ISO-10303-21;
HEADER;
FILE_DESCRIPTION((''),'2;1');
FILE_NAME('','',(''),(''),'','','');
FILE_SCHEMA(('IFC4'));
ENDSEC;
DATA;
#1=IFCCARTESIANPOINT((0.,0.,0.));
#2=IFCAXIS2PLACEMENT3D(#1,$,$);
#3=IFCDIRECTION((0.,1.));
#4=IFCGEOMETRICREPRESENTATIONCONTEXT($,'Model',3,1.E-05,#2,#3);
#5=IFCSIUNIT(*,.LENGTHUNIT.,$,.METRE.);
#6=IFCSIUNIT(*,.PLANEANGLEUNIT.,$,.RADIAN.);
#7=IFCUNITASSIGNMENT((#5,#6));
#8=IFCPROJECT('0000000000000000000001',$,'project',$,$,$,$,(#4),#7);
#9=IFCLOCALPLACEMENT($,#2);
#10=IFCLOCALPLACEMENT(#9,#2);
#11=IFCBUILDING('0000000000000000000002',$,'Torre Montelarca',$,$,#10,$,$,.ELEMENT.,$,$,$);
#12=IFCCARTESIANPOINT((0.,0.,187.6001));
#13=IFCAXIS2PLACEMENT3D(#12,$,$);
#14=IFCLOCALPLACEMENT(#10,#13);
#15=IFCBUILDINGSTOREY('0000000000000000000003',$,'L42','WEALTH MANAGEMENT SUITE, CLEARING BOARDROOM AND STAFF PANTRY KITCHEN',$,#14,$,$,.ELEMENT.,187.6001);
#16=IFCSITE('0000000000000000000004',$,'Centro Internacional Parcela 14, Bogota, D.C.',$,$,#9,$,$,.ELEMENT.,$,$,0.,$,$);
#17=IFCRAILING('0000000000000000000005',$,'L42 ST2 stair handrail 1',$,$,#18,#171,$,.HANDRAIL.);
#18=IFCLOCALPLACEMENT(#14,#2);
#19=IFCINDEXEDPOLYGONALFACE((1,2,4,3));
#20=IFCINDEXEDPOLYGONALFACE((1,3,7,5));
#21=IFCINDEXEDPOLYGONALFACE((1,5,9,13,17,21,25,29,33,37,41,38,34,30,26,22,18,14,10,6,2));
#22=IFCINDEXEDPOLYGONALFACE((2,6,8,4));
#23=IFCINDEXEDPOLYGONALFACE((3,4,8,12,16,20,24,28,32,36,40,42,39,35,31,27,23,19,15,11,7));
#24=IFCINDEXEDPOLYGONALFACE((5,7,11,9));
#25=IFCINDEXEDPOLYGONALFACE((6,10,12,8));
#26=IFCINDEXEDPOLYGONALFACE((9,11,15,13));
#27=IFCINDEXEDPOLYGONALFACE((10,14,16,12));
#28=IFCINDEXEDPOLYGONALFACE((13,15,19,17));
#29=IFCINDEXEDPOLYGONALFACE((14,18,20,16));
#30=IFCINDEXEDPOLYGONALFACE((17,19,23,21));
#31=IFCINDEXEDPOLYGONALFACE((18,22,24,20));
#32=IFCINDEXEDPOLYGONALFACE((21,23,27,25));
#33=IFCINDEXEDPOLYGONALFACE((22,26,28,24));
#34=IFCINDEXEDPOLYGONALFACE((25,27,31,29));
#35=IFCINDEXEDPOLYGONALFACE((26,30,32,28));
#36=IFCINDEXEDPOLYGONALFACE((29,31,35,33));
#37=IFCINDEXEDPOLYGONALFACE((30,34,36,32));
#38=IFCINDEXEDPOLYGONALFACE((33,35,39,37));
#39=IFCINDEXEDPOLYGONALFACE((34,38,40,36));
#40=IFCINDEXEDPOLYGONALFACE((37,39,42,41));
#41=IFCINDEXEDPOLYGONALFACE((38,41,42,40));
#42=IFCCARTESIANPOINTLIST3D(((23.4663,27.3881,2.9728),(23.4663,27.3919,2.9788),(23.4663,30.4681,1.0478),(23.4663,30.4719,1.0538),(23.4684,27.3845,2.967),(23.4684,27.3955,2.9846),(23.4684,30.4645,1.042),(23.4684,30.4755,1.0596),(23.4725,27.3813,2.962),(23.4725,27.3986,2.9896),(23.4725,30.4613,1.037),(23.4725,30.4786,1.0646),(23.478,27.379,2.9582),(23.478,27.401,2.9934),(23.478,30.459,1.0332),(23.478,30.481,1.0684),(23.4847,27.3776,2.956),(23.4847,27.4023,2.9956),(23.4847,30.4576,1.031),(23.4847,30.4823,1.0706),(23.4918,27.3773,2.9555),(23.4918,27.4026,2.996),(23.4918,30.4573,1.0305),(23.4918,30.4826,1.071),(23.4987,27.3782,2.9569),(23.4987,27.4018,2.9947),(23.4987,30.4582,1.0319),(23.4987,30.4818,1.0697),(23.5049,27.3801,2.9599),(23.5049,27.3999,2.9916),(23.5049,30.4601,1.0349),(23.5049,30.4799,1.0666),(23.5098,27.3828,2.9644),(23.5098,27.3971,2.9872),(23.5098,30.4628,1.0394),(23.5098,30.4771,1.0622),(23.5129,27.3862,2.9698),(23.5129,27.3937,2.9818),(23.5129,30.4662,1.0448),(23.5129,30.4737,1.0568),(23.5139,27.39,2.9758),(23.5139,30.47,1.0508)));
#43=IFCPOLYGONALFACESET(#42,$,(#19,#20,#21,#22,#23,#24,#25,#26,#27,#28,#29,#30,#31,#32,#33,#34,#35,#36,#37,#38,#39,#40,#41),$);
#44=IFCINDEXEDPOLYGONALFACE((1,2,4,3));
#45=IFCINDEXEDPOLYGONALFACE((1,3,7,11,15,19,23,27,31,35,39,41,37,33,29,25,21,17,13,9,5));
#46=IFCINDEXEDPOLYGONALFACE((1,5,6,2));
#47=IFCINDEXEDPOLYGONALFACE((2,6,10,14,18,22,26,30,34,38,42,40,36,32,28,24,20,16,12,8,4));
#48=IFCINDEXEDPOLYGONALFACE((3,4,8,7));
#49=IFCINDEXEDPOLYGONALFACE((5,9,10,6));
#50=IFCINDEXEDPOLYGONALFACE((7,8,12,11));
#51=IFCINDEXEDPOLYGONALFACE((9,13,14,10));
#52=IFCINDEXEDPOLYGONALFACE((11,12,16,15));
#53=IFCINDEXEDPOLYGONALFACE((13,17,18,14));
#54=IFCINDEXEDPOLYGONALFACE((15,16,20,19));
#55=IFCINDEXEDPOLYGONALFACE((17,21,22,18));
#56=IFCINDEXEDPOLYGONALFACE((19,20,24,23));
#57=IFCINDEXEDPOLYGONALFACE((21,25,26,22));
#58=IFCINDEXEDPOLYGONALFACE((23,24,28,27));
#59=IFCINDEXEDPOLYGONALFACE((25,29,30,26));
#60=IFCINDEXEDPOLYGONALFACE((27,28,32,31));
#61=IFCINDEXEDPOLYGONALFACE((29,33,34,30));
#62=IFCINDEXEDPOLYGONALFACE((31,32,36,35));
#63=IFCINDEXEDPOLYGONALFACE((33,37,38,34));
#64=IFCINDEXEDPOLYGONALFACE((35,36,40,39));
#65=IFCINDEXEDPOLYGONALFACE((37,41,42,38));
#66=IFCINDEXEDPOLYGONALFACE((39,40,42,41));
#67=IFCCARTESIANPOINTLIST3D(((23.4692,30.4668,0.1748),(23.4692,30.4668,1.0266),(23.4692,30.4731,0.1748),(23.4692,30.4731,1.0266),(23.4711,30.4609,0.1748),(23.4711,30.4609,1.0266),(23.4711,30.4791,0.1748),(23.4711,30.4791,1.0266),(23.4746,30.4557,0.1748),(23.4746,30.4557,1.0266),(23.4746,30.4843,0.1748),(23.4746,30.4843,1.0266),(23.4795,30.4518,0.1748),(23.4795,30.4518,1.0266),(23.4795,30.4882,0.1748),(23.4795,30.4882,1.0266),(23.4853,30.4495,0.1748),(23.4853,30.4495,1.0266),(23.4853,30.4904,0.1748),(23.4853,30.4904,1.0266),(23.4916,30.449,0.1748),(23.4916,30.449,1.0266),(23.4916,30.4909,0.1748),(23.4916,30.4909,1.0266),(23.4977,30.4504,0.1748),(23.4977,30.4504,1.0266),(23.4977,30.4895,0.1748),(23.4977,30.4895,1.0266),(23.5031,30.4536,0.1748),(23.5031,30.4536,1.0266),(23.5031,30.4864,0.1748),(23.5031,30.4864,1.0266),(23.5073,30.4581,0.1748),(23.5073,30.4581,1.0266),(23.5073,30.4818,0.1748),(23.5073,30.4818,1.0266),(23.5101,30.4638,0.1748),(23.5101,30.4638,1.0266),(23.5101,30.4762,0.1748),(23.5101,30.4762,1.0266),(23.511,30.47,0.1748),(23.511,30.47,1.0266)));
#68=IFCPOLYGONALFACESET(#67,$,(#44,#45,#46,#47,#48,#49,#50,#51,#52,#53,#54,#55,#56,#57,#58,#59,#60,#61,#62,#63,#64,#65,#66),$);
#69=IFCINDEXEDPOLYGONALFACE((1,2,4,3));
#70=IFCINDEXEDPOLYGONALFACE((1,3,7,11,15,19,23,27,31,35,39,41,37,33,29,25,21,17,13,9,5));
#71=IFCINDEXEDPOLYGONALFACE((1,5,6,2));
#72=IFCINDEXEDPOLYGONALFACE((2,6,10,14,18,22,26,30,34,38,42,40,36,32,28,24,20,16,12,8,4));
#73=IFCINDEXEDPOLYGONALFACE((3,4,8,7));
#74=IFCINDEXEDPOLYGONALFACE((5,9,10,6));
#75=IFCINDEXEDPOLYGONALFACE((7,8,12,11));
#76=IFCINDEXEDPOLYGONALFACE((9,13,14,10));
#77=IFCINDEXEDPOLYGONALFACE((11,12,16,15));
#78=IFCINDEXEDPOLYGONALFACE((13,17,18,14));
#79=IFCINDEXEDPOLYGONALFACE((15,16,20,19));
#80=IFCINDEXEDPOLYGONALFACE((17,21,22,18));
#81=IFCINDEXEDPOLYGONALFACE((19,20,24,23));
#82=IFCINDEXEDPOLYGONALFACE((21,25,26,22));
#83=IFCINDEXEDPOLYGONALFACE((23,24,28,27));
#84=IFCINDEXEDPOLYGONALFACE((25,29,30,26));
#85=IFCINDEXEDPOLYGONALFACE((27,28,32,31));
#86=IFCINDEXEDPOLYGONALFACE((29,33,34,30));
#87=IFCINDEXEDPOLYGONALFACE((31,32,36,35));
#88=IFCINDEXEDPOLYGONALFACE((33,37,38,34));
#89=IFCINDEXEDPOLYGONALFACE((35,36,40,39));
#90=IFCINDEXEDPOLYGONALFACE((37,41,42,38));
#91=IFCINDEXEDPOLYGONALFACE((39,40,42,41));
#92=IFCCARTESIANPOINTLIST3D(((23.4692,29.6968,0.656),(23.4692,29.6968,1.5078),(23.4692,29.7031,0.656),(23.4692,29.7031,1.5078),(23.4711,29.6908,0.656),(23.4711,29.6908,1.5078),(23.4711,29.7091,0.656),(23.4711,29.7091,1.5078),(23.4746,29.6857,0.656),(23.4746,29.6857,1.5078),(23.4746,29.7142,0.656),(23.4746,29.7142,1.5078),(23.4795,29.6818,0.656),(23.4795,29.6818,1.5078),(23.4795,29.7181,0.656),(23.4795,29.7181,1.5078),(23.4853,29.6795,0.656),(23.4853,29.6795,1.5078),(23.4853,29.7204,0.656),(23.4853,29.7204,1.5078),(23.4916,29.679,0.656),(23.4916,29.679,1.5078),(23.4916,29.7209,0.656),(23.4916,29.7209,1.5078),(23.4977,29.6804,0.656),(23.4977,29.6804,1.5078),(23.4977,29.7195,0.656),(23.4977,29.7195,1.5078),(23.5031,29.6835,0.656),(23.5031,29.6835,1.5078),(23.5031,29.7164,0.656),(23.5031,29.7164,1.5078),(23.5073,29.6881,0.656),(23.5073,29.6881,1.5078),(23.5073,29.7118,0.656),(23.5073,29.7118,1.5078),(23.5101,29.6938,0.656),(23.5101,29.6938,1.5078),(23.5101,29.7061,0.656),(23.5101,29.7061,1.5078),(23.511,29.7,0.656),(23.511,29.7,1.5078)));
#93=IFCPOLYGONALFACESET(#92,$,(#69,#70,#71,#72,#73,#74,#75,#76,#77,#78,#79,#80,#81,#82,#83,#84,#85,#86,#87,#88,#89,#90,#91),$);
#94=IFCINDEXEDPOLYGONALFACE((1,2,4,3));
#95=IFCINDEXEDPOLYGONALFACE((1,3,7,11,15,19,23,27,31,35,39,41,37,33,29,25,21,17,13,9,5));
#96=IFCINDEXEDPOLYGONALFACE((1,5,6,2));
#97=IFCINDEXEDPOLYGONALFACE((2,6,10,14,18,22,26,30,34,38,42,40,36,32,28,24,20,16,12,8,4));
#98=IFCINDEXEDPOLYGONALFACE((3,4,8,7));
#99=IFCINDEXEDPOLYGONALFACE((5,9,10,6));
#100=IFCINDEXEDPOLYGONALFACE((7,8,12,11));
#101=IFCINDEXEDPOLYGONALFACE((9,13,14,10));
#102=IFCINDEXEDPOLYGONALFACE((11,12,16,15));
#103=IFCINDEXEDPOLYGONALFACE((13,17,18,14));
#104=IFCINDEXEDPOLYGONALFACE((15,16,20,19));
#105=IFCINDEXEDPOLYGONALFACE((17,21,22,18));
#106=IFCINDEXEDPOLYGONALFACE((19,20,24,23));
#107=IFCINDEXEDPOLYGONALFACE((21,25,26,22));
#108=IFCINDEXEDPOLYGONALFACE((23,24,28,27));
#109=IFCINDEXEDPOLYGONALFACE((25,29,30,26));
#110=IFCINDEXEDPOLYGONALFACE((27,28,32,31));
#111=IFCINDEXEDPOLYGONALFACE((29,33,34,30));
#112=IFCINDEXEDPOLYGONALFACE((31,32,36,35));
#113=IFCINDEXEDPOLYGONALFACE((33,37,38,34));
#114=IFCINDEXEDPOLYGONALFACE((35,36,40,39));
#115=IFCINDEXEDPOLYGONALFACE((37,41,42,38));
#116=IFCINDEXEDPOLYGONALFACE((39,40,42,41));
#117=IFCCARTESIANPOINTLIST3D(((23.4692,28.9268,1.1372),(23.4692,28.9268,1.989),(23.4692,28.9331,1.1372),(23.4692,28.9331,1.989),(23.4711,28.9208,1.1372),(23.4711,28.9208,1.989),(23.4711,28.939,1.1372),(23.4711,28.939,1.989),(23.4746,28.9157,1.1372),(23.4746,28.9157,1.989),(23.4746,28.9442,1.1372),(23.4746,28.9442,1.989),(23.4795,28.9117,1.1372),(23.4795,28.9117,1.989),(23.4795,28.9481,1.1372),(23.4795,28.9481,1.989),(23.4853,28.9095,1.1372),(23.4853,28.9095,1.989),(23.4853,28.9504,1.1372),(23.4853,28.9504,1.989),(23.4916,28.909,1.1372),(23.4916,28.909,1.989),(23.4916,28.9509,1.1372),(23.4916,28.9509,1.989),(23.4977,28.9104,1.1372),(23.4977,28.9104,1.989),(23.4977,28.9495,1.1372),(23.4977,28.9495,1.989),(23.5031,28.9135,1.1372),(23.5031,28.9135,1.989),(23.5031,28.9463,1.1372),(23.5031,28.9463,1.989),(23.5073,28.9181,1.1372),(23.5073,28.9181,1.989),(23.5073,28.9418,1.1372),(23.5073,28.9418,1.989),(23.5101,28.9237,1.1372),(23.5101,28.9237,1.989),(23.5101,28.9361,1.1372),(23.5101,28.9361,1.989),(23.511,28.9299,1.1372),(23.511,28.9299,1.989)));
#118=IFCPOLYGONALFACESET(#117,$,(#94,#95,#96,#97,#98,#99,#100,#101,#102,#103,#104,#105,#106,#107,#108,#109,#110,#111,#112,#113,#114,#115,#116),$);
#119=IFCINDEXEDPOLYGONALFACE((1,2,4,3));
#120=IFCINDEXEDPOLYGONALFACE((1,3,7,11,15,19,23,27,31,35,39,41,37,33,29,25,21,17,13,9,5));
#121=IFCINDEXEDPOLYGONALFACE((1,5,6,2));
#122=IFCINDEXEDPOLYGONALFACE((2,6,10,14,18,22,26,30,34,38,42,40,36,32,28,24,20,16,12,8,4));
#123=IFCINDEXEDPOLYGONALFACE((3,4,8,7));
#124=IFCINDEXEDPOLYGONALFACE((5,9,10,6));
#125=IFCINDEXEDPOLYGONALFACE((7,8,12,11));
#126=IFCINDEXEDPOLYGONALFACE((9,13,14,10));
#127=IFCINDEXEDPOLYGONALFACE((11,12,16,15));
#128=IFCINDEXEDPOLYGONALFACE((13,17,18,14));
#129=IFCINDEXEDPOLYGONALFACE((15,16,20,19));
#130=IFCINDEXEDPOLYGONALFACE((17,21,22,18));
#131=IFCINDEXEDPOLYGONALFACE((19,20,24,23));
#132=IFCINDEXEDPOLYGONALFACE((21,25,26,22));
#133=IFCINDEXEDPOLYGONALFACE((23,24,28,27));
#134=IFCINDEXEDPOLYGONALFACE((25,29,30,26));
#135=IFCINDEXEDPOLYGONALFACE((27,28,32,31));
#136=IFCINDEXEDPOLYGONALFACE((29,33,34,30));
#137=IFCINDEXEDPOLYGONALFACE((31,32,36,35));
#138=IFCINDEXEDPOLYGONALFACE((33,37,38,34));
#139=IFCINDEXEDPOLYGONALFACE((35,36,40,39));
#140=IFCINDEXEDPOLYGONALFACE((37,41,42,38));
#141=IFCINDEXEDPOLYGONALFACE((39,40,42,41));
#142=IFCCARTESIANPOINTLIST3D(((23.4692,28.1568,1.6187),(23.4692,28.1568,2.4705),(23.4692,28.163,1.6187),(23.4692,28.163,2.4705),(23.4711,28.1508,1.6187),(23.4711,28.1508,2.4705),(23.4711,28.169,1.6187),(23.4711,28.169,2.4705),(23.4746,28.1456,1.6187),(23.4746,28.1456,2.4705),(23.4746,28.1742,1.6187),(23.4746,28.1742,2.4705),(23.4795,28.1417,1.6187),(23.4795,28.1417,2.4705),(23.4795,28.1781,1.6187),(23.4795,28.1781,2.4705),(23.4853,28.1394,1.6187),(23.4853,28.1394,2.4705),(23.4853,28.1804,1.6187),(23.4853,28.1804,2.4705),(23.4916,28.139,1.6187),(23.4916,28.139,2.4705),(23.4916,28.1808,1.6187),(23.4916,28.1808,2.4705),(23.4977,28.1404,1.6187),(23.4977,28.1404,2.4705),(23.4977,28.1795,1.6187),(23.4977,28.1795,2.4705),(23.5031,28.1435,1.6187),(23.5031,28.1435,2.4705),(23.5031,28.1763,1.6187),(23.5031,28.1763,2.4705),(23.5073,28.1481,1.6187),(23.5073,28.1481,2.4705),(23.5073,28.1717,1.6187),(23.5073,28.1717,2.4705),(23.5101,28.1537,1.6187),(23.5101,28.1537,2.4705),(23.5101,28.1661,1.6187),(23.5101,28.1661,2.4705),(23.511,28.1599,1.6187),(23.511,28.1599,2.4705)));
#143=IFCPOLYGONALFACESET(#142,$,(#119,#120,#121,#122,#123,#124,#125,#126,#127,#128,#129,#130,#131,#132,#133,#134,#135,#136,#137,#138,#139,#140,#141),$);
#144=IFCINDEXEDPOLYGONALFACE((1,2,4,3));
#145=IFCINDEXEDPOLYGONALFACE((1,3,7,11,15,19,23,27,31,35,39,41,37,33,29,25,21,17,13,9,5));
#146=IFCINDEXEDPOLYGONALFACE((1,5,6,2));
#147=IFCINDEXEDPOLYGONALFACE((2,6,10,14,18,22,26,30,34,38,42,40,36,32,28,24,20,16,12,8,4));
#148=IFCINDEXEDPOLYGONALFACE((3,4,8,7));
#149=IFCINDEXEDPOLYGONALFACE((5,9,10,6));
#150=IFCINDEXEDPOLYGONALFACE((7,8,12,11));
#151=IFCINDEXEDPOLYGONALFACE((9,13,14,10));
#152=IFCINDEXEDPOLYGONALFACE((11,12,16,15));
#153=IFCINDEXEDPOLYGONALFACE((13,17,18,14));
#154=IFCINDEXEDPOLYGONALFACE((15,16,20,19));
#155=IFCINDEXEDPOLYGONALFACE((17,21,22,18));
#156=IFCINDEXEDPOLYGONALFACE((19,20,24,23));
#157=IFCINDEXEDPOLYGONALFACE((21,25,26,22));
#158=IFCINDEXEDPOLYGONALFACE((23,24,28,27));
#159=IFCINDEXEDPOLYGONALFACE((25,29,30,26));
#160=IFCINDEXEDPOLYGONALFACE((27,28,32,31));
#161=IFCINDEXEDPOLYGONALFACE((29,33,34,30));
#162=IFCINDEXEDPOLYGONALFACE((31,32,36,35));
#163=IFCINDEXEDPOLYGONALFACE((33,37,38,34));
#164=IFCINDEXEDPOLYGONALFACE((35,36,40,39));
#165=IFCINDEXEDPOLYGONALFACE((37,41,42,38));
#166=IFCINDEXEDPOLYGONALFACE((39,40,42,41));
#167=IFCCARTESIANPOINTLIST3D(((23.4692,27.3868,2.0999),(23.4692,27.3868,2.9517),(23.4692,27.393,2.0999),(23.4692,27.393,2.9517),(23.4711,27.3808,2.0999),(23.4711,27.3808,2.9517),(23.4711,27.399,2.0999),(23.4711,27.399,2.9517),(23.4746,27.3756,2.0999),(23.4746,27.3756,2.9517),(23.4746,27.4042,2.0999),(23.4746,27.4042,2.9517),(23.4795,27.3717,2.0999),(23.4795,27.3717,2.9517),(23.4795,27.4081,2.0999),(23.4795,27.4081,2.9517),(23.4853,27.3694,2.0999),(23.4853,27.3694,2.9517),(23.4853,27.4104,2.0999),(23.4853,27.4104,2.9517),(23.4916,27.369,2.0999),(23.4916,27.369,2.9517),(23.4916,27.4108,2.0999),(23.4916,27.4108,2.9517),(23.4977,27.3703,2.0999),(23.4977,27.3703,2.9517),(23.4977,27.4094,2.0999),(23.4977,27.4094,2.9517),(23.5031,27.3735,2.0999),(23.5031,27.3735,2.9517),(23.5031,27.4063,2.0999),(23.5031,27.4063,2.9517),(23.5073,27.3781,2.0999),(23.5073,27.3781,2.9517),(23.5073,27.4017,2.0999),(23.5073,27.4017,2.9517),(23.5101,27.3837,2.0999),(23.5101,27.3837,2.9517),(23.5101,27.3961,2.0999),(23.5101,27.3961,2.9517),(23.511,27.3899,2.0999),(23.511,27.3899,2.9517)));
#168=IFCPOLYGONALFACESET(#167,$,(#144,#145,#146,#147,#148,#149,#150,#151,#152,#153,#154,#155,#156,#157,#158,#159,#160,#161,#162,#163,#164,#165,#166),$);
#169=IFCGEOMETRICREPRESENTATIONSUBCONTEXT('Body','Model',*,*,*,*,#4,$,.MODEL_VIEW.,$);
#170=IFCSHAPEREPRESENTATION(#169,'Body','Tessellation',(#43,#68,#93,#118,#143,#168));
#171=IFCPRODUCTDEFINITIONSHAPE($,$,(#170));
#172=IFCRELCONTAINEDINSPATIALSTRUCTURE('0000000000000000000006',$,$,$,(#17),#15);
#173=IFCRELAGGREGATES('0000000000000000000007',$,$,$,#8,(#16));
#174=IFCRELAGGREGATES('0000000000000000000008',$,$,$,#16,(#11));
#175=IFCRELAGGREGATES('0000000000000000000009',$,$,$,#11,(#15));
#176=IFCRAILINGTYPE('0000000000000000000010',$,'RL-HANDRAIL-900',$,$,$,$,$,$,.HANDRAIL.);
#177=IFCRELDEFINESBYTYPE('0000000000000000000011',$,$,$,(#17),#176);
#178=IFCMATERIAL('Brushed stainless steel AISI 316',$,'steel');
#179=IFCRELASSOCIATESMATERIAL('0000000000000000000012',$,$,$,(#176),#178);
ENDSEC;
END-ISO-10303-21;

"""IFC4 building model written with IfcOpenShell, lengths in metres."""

from ifc_helpers import new_model, si_unit, direction, frame, origin, origin_2d, place, context, subcontext, project, spatial, circle, extrude, material, type_object, element, save


model = new_model("IFC4")

# Units and contexts
model_context = context("Model", 3, precision=1e-05, world=origin(), true_north=direction((0.0, 1.0)))
body_context = subcontext(model_context, "Body", "Model", "MODEL_VIEW")
ifc_project = project(units=[si_unit("LENGTHUNIT", "METRE"), si_unit("PLANEANGLEUNIT", "RADIAN")], contexts=[model_context])

# Site, building, storey
site_placement = place(None, origin())
site = spatial("IfcSite", under=ifc_project, at=site_placement, Name="Centro Internacional Parcela 14, Bogota, D.C.", CompositionType="ELEMENT", RefElevation=0.0)
building_placement = place(site_placement, origin())
building = spatial("IfcBuilding", under=site, at=building_placement, Name="Torre Montelarca", CompositionType="ELEMENT")
storey_placement = place(building_placement, frame((0.0, 0.0, 187.6001)))
storey = spatial("IfcBuildingStorey", under=building, at=storey_placement, Name="L42", Description="WEALTH MANAGEMENT SUITE, CLEARING BOARDROOM AND STAFF PANTRY KITCHEN", CompositionType="ELEMENT", Elevation=187.6001)

# Shared definitions
ifc_material_1 = material(Name="Brushed stainless steel AISI 316", Category="steel")

# Railing
railing_type_1 = type_object("IfcRailingType", Name="RL-HANDRAIL-900", PredefinedType="HANDRAIL", material=ifc_material_1)
railing_1_placement = place(storey_placement, frame((23.49, 30.47, 0.1748)))
element("IfcRailing", 1, at=railing_1_placement, inside=storey, type_object=railing_type_1, Name="L42 ST2 stair handrail 1", PredefinedType="HANDRAIL", context=body_context, shape_type="SweptSolid", body=[
    extrude(circle(Radius=0.0239, at=origin_2d()), frame((0.0, 0.0, 0.876), z_axis=(0.0, -0.847998, 0.529999), x_axis=(1.0, 0.0, 0.0)), (0.0, 0.0, 1.0), 3.6321),
    extrude(circle(Radius=0.021, at=origin_2d()), origin(), (0.0, 0.0, 1.0), 0.8518),
    extrude(circle(Radius=0.021, at=origin_2d()), frame((0.0, -0.77, 0.4812)), (0.0, 0.0, 1.0), 0.8518),
    extrude(circle(Radius=0.021, at=origin_2d()), frame((0.0, -1.54, 0.9624)), (0.0, 0.0, 1.0), 0.8518),
    extrude(circle(Radius=0.021, at=origin_2d()), frame((0.0, -2.3101, 1.4438)), (0.0, 0.0, 1.0), 0.8518),
    extrude(circle(Radius=0.021, at=origin_2d()), frame((0.0, -3.0801, 1.925)), (0.0, 0.0, 1.0), 0.8518),
])

save(model, "model.ifc")
